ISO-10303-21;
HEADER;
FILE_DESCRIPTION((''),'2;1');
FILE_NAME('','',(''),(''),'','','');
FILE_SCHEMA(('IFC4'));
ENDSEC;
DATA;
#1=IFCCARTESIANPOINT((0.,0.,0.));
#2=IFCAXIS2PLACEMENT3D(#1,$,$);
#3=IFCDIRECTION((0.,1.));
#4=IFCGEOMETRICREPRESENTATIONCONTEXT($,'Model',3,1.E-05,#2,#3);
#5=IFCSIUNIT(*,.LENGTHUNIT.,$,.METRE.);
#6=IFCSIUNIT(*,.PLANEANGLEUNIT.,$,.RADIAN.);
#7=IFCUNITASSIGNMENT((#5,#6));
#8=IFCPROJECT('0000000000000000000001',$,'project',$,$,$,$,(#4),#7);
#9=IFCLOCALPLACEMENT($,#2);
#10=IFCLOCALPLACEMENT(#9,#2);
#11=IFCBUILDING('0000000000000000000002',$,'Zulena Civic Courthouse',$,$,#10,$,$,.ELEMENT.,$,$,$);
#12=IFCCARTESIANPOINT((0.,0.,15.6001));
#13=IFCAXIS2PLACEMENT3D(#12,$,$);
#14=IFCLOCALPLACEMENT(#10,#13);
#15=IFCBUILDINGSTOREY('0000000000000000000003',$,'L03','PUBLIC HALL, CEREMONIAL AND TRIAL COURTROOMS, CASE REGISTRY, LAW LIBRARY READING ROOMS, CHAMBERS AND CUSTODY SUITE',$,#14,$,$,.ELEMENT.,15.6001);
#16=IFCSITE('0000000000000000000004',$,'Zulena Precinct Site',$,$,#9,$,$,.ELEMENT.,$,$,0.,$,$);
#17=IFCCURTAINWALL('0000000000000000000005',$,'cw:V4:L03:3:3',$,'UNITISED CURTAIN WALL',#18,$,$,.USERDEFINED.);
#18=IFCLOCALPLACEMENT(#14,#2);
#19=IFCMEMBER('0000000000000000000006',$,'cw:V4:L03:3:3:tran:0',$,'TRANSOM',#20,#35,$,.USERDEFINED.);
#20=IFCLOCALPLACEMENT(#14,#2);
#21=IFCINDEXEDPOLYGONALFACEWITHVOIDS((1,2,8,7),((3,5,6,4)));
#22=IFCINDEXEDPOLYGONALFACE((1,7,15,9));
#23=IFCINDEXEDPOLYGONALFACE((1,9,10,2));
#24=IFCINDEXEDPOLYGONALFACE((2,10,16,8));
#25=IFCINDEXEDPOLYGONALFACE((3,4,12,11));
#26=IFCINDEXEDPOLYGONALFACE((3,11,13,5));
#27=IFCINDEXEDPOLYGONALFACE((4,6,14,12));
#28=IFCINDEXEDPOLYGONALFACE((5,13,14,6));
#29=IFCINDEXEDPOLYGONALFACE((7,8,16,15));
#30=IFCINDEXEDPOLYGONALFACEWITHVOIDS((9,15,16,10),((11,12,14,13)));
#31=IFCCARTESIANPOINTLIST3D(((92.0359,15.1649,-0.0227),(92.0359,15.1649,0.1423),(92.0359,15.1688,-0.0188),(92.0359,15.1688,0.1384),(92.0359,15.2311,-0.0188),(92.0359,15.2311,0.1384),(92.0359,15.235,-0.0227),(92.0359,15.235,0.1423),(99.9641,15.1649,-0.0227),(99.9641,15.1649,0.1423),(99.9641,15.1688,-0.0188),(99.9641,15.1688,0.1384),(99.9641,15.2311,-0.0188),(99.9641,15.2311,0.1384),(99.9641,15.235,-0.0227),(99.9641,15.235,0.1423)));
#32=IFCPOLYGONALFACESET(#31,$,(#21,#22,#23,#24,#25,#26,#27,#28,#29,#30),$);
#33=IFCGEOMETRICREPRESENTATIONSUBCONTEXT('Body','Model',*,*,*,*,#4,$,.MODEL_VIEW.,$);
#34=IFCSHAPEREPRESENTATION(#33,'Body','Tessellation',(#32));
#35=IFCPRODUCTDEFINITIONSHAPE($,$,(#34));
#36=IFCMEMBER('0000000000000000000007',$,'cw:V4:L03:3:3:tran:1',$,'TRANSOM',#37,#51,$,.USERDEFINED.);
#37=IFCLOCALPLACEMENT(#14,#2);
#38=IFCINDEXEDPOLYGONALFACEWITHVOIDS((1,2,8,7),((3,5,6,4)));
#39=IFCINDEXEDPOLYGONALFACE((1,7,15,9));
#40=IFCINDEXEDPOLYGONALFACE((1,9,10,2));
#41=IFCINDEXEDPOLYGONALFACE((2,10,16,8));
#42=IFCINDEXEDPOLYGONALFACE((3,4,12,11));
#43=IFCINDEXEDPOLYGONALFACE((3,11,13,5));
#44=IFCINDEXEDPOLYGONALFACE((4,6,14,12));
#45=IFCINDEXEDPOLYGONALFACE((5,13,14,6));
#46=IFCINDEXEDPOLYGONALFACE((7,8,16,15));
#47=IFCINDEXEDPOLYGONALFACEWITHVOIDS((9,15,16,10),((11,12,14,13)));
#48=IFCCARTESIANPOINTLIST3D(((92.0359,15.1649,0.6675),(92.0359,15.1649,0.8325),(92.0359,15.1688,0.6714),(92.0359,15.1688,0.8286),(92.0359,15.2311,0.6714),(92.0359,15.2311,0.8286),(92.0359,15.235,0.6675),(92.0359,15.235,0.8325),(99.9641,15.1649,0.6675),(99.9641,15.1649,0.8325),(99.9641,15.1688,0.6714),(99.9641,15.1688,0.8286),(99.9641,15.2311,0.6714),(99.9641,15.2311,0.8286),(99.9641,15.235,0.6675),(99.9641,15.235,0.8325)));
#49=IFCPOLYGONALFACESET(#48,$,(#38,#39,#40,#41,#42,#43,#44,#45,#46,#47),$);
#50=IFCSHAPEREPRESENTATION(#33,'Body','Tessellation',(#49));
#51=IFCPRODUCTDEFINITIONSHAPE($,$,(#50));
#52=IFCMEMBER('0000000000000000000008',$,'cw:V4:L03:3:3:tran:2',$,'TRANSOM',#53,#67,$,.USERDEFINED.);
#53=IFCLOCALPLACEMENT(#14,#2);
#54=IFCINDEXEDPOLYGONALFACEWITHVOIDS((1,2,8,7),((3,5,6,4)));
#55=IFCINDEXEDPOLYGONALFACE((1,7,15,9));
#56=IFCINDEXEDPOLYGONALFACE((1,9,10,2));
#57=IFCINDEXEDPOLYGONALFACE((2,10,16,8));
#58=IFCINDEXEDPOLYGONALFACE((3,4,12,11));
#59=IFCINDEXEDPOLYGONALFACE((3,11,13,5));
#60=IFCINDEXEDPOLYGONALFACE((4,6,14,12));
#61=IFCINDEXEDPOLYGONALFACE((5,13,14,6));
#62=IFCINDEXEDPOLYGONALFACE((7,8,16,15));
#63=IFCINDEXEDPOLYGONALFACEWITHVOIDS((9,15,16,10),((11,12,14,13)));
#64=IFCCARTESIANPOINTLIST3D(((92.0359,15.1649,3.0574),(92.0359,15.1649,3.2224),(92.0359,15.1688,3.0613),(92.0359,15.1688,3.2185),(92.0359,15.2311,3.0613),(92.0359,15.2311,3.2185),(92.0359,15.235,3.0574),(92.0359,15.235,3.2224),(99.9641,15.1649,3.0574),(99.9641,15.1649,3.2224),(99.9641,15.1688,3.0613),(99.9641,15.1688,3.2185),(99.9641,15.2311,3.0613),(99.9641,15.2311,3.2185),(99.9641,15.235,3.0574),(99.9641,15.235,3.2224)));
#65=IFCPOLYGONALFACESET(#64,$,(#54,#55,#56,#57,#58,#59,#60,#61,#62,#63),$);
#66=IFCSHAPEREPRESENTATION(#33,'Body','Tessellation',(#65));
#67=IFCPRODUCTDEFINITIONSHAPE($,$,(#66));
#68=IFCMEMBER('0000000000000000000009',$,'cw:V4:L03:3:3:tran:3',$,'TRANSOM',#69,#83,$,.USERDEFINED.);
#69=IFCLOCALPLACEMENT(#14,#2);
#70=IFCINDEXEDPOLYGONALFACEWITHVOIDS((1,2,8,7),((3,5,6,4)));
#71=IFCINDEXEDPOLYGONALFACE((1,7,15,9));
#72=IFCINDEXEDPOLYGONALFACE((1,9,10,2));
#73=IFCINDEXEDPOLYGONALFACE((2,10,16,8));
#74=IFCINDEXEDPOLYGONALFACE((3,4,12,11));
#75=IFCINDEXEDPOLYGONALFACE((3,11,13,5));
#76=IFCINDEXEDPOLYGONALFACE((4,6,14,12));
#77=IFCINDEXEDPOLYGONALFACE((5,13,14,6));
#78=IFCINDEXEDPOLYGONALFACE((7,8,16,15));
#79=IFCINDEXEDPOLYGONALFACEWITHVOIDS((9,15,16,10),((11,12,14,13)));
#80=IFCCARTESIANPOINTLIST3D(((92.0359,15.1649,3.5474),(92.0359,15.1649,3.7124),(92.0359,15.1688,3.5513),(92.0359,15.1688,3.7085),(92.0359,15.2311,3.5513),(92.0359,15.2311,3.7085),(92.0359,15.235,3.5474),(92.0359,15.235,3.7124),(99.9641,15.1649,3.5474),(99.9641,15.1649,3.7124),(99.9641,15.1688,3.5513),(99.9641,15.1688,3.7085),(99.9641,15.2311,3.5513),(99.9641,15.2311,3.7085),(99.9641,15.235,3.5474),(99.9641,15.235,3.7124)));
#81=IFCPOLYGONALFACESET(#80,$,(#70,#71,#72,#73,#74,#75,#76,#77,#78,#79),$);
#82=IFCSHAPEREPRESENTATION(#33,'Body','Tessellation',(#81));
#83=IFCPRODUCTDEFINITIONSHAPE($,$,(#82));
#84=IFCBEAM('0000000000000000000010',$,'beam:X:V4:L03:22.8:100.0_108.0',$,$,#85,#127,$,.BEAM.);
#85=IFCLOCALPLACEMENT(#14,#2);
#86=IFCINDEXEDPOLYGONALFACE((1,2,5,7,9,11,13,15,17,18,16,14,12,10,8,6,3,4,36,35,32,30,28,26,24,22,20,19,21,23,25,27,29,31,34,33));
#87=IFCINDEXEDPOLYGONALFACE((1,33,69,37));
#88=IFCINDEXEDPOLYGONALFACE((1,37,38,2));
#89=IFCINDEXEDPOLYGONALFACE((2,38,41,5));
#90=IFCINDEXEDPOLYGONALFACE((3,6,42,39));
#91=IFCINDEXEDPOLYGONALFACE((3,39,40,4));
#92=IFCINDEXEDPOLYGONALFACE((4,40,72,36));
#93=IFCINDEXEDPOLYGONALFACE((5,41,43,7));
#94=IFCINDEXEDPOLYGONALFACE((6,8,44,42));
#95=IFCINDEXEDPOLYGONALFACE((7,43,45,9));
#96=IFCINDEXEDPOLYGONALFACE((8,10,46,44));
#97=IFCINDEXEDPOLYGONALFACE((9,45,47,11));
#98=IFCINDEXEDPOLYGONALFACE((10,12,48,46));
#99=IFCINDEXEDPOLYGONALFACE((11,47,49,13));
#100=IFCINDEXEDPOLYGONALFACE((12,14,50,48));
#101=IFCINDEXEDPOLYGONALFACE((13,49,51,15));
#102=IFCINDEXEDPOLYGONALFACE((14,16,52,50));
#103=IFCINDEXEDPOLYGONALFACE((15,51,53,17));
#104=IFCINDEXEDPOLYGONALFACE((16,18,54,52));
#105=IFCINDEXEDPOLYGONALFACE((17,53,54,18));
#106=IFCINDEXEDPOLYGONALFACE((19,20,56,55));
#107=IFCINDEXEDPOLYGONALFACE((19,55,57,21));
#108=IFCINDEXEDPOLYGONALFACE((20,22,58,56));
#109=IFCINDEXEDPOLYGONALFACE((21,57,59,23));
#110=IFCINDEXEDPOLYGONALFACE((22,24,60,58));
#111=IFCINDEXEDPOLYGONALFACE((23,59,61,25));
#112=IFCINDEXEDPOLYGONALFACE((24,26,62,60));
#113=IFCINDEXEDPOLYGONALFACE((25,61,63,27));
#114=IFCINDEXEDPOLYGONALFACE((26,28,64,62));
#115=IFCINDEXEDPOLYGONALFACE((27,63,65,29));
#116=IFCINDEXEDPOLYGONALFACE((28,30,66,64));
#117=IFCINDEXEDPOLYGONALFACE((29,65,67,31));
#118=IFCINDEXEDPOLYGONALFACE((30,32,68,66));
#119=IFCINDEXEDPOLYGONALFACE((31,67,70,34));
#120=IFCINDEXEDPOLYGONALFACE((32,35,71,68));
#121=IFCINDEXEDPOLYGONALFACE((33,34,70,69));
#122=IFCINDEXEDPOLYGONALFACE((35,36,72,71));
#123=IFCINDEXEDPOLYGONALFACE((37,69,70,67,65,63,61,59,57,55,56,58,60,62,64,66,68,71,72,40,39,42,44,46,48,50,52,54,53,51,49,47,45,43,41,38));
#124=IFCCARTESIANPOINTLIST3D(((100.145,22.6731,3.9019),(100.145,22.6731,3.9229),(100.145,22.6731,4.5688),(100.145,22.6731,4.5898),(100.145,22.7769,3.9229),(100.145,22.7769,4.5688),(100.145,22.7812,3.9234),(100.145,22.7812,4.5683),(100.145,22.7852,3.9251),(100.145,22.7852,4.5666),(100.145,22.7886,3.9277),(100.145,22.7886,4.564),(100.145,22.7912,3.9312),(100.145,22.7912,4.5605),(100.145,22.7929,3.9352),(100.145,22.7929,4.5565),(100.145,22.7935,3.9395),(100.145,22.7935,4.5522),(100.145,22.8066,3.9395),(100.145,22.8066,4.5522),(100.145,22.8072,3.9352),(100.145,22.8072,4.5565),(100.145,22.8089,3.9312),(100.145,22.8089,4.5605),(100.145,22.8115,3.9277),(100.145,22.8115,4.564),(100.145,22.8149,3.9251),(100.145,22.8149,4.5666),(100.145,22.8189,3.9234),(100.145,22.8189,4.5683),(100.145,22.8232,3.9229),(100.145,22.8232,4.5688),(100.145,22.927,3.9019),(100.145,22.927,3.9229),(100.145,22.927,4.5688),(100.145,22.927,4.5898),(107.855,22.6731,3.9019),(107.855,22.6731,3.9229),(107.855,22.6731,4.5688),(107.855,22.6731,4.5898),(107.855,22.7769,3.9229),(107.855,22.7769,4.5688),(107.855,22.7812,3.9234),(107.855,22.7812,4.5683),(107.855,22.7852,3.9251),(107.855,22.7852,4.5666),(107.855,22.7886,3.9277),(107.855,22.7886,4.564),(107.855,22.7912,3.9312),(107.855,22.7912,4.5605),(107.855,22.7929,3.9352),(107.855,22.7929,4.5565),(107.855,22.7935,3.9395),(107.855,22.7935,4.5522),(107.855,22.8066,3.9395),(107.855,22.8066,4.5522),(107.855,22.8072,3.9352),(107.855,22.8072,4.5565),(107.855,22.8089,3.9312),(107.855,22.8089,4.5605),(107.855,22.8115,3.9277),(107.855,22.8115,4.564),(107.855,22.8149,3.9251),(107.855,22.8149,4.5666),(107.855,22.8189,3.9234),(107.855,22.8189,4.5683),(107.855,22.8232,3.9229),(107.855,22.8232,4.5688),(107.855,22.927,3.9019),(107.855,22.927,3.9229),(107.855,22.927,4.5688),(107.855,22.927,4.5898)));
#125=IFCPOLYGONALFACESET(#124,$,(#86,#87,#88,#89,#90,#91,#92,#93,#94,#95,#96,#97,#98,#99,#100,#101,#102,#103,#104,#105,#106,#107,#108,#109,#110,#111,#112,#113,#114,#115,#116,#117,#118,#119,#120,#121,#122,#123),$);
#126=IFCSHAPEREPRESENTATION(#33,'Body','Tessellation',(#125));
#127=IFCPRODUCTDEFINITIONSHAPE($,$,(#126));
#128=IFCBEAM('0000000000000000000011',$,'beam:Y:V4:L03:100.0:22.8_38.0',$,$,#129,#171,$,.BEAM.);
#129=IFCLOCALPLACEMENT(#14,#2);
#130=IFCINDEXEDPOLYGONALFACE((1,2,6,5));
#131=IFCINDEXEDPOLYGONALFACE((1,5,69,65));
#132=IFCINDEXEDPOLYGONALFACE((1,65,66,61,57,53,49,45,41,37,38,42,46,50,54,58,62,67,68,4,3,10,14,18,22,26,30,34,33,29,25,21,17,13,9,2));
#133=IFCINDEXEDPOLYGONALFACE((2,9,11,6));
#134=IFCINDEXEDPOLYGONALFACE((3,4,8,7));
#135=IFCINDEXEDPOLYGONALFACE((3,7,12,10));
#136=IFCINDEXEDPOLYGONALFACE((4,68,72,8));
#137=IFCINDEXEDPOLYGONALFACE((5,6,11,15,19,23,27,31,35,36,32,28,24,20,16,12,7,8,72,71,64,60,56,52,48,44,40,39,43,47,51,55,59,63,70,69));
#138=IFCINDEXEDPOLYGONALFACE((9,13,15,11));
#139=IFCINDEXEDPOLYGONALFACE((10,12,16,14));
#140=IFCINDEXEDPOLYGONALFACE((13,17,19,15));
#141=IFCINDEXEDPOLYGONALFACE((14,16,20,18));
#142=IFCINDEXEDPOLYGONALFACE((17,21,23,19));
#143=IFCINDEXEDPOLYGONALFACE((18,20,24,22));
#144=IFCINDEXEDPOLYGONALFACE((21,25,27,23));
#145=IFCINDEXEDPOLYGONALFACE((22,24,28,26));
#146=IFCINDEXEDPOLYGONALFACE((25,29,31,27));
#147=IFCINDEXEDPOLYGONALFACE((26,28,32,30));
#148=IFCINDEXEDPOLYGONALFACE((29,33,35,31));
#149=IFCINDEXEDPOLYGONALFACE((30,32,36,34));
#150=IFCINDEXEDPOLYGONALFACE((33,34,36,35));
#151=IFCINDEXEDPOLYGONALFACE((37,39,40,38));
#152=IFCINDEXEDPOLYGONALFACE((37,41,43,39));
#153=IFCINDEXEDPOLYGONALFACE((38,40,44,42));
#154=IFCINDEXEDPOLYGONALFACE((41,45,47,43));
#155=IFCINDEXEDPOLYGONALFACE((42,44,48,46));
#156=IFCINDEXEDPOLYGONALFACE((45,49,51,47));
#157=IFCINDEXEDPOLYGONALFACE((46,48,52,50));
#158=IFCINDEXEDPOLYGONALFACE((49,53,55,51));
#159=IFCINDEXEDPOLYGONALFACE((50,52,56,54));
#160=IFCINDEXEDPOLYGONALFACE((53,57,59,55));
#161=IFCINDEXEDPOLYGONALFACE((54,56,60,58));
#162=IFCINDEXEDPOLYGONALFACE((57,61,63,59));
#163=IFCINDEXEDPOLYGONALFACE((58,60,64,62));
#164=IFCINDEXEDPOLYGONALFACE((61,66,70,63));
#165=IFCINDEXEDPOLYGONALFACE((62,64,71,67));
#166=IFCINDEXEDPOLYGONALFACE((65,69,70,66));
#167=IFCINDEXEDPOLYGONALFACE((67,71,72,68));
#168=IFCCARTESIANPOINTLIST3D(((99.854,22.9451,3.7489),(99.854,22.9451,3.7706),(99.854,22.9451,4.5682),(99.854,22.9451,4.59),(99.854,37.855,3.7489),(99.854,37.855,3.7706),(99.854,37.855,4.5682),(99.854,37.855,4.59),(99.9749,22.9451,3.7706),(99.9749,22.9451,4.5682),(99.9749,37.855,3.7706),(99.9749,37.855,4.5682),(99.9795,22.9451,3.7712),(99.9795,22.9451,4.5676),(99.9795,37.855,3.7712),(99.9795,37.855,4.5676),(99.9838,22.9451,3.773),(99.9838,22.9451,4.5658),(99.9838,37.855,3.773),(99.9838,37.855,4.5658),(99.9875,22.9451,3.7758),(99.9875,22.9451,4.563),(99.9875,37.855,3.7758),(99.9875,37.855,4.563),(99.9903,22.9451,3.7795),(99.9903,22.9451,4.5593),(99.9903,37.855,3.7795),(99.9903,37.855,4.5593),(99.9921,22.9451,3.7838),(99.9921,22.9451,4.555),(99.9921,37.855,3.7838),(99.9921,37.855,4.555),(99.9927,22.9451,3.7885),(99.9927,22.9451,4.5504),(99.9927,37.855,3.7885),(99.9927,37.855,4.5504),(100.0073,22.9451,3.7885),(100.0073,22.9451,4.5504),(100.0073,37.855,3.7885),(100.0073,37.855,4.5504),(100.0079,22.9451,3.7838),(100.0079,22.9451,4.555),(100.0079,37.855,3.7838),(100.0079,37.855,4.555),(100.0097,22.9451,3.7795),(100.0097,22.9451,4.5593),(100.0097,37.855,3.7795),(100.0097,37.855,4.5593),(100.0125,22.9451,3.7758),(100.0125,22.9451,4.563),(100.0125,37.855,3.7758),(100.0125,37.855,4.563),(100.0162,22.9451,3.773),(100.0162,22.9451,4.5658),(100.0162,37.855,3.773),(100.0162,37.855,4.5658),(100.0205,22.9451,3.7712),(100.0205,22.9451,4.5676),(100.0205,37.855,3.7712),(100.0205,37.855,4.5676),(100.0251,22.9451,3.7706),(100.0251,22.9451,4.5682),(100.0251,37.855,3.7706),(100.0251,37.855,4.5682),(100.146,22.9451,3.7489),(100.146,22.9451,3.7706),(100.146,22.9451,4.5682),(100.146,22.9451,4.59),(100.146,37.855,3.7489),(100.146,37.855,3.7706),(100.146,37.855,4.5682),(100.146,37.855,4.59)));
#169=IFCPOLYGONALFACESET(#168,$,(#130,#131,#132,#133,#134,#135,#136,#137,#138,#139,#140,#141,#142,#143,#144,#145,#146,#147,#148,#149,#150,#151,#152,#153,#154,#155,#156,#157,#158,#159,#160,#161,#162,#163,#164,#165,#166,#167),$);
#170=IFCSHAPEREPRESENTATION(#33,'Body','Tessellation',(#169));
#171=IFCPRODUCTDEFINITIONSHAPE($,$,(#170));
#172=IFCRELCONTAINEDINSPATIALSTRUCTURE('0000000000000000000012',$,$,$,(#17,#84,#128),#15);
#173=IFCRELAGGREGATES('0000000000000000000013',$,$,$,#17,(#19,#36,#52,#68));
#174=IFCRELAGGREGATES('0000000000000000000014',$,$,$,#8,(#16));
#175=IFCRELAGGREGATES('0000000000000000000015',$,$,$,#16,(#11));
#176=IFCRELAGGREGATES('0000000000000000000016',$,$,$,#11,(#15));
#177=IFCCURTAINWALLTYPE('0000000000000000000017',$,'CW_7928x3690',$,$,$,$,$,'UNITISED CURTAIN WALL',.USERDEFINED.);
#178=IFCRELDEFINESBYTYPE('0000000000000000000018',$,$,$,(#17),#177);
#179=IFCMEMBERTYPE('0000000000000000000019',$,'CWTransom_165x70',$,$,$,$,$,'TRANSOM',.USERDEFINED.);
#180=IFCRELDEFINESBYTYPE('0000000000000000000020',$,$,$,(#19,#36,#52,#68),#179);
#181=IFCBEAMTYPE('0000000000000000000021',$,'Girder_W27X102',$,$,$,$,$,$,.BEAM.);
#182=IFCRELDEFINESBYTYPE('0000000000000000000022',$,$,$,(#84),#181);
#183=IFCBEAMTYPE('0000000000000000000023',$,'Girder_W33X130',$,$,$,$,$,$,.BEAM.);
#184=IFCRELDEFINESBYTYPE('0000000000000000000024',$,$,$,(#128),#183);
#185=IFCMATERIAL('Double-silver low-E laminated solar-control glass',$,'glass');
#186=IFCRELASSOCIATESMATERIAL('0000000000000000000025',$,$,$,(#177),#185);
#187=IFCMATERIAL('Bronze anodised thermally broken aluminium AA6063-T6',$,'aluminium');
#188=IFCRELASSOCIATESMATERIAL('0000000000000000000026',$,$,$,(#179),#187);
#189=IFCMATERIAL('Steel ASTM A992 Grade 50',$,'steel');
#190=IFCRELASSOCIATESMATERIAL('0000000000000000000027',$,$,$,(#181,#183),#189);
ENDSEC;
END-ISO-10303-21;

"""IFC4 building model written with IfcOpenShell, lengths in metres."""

from ifc_helpers import new_model, si_unit, direction, frame, origin, origin_2d, place, context, subcontext, project, spatial, hollow_rectangle, i_section, extrude, material, material_profile, profile_set, type_object, element, aggregate, save


model = new_model("IFC4")

# Units and contexts
model_context = context("Model", 3, precision=1e-05, world=origin(), true_north=direction((0.0, 1.0)))
body_context = subcontext(model_context, "Body", "Model", "MODEL_VIEW")
ifc_project = project(units=[si_unit("LENGTHUNIT", "METRE"), si_unit("PLANEANGLEUNIT", "RADIAN")], contexts=[model_context])

# Site, building, storey
site_placement = place(None, origin())
site = spatial("IfcSite", under=ifc_project, at=site_placement, Name="Zulena Precinct Site", CompositionType="ELEMENT", RefElevation=0.0)
building_placement = place(site_placement, origin())
building = spatial("IfcBuilding", under=site, at=building_placement, Name="Zulena Civic Courthouse", CompositionType="ELEMENT")
storey_placement = place(building_placement, frame((0.0, 0.0, 15.6001)))
storey = spatial("IfcBuildingStorey", under=building, at=storey_placement, Name="L03", Description="PUBLIC HALL, CEREMONIAL AND TRIAL COURTROOMS, CASE REGISTRY, LAW LIBRARY READING ROOMS, CHAMBERS AND CUSTODY SUITE", CompositionType="ELEMENT", Elevation=15.6001)

# Shared definitions
ifc_material_1 = material(Name="Steel ASTM A992 Grade 50", Category="steel")

# Shared definitions
ifc_material_2 = material(Name="Double-silver low-E laminated solar-control glass", Category="glass")
curtain_wall_type = type_object("IfcCurtainWallType", Name="CW_7928x3690", ElementType="UNITISED CURTAIN WALL", PredefinedType="USERDEFINED", material=ifc_material_2)
ifc_material_3 = material(Name="Bronze anodised thermally broken aluminium AA6063-T6", Category="aluminium")

# Curtain wall, members
curtain_wall_1_placement = place(storey_placement, origin())
curtain_wall_1 = element("IfcCurtainWall", 1, at=curtain_wall_1_placement, inside=storey, type_object=curtain_wall_type, Name="cw:V4:L03:3:3", ObjectType="UNITISED CURTAIN WALL", PredefinedType="USERDEFINED")
ifc_material_profile_1 = material_profile(ifc_material_3, hollow_rectangle(XDim=0.0701, YDim=0.165, WallThickness=0.0039, at=origin_2d()), Name="CWT165X70X4")
ifc_profile_set_1 = profile_set([ifc_material_profile_1], Name="Bronze anodised thermally broken aluminium AA6063-T6")
member_type_1 = type_object("IfcMemberType", Name="CWTransom_165x70", ElementType="TRANSOM", PredefinedType="USERDEFINED", material=ifc_profile_set_1)
member_1_placement = place(storey_placement, frame((99.9641, 15.2, 0.0598), z_axis=(-1.0, 0.0, 0.0), x_axis=(0.0, -1.0, 0.0)))
member_1 = element("IfcMember", 2, at=member_1_placement, type_object=member_type_1, Name="cw:V4:L03:3:3:tran:0", ObjectType="TRANSOM", PredefinedType="USERDEFINED", context=body_context, shape_type="SweptSolid", body=[
    extrude(hollow_rectangle(XDim=0.0701, YDim=0.165, WallThickness=0.0039, at=origin_2d()), origin(), (0.0, 0.0, 1.0), 7.9282),
])
member_2_placement = place(storey_placement, frame((99.9641, 15.2, 0.75), z_axis=(-1.0, 0.0, 0.0), x_axis=(0.0, -1.0, 0.0)))
member_2 = element("IfcMember", 3, at=member_2_placement, type_object=member_type_1, Name="cw:V4:L03:3:3:tran:1", ObjectType="TRANSOM", PredefinedType="USERDEFINED", context=body_context, shape_type="SweptSolid", body=[
    extrude(hollow_rectangle(XDim=0.0701, YDim=0.165, WallThickness=0.0039, at=origin_2d()), origin(), (0.0, 0.0, 1.0), 7.9282),
])
member_3_placement = place(storey_placement, frame((99.9641, 15.2, 3.1399), z_axis=(-1.0, 0.0, 0.0), x_axis=(0.0, -1.0, 0.0)))
member_3 = element("IfcMember", 4, at=member_3_placement, type_object=member_type_1, Name="cw:V4:L03:3:3:tran:2", ObjectType="TRANSOM", PredefinedType="USERDEFINED", context=body_context, shape_type="SweptSolid", body=[
    extrude(hollow_rectangle(XDim=0.0701, YDim=0.165, WallThickness=0.0039, at=origin_2d()), origin(), (0.0, 0.0, 1.0), 7.9282),
])
member_4_placement = place(storey_placement, frame((99.9641, 15.2, 3.6299), z_axis=(-1.0, 0.0, 0.0), x_axis=(0.0, -1.0, 0.0)))
member_4 = element("IfcMember", 5, at=member_4_placement, type_object=member_type_1, Name="cw:V4:L03:3:3:tran:3", ObjectType="TRANSOM", PredefinedType="USERDEFINED", context=body_context, shape_type="SweptSolid", body=[
    extrude(hollow_rectangle(XDim=0.0701, YDim=0.165, WallThickness=0.0039, at=origin_2d()), origin(), (0.0, 0.0, 1.0), 7.9282),
])

# Beams
ifc_material_profile_2 = material_profile(ifc_material_1, i_section(OverallWidth=0.2539, OverallDepth=0.688, WebThickness=0.0132, FlangeThickness=0.021, FilletRadius=0.0166, at=origin_2d()), Name="W27X102")
ifc_profile_set_2 = profile_set([ifc_material_profile_2], Name="Steel ASTM A992 Grade 50")
beam_type_1 = type_object("IfcBeamType", Name="Girder_W27X102", PredefinedType="BEAM", material=ifc_profile_set_2)
beam_1_placement = place(storey_placement, frame((100.145, 22.8, 4.2458), z_axis=(1.0, 0.0, 0.0), x_axis=(0.0, 1.0, 0.0)))
element("IfcBeam", 6, at=beam_1_placement, inside=storey, type_object=beam_type_1, Name="beam:X:V4:L03:22.8:100.0_108.0", PredefinedType="BEAM", context=body_context, shape_type="SweptSolid", body=[
    extrude(i_section(OverallWidth=0.2539, OverallDepth=0.688, WebThickness=0.0132, FlangeThickness=0.021, FilletRadius=0.0166, at=origin_2d()), origin(), (0.0, 0.0, 1.0), 7.71),
])
ifc_material_profile_3 = material_profile(ifc_material_1, i_section(OverallWidth=0.292, OverallDepth=0.8411, WebThickness=0.0146, FlangeThickness=0.0217, FilletRadius=0.0178, at=origin_2d()), Name="W33X130")
ifc_profile_set_3 = profile_set([ifc_material_profile_3], Name="Steel ASTM A992 Grade 50")
beam_type_2 = type_object("IfcBeamType", Name="Girder_W33X130", PredefinedType="BEAM", material=ifc_profile_set_3)
beam_2_placement = place(storey_placement, frame((100.0, 22.9451, 4.1694), z_axis=(0.0, 1.0, 0.0), x_axis=(-1.0, 0.0, 0.0)))
element("IfcBeam", 7, at=beam_2_placement, inside=storey, type_object=beam_type_2, Name="beam:Y:V4:L03:100.0:22.8_38.0", PredefinedType="BEAM", context=body_context, shape_type="SweptSolid", body=[
    extrude(i_section(OverallWidth=0.292, OverallDepth=0.8411, WebThickness=0.0146, FlangeThickness=0.0217, FilletRadius=0.0178, at=origin_2d()), origin(), (0.0, 0.0, 1.0), 14.9099),
])

aggregate(curtain_wall_1, [member_1, member_2, member_3, member_4])

save(model, "model.ifc")
